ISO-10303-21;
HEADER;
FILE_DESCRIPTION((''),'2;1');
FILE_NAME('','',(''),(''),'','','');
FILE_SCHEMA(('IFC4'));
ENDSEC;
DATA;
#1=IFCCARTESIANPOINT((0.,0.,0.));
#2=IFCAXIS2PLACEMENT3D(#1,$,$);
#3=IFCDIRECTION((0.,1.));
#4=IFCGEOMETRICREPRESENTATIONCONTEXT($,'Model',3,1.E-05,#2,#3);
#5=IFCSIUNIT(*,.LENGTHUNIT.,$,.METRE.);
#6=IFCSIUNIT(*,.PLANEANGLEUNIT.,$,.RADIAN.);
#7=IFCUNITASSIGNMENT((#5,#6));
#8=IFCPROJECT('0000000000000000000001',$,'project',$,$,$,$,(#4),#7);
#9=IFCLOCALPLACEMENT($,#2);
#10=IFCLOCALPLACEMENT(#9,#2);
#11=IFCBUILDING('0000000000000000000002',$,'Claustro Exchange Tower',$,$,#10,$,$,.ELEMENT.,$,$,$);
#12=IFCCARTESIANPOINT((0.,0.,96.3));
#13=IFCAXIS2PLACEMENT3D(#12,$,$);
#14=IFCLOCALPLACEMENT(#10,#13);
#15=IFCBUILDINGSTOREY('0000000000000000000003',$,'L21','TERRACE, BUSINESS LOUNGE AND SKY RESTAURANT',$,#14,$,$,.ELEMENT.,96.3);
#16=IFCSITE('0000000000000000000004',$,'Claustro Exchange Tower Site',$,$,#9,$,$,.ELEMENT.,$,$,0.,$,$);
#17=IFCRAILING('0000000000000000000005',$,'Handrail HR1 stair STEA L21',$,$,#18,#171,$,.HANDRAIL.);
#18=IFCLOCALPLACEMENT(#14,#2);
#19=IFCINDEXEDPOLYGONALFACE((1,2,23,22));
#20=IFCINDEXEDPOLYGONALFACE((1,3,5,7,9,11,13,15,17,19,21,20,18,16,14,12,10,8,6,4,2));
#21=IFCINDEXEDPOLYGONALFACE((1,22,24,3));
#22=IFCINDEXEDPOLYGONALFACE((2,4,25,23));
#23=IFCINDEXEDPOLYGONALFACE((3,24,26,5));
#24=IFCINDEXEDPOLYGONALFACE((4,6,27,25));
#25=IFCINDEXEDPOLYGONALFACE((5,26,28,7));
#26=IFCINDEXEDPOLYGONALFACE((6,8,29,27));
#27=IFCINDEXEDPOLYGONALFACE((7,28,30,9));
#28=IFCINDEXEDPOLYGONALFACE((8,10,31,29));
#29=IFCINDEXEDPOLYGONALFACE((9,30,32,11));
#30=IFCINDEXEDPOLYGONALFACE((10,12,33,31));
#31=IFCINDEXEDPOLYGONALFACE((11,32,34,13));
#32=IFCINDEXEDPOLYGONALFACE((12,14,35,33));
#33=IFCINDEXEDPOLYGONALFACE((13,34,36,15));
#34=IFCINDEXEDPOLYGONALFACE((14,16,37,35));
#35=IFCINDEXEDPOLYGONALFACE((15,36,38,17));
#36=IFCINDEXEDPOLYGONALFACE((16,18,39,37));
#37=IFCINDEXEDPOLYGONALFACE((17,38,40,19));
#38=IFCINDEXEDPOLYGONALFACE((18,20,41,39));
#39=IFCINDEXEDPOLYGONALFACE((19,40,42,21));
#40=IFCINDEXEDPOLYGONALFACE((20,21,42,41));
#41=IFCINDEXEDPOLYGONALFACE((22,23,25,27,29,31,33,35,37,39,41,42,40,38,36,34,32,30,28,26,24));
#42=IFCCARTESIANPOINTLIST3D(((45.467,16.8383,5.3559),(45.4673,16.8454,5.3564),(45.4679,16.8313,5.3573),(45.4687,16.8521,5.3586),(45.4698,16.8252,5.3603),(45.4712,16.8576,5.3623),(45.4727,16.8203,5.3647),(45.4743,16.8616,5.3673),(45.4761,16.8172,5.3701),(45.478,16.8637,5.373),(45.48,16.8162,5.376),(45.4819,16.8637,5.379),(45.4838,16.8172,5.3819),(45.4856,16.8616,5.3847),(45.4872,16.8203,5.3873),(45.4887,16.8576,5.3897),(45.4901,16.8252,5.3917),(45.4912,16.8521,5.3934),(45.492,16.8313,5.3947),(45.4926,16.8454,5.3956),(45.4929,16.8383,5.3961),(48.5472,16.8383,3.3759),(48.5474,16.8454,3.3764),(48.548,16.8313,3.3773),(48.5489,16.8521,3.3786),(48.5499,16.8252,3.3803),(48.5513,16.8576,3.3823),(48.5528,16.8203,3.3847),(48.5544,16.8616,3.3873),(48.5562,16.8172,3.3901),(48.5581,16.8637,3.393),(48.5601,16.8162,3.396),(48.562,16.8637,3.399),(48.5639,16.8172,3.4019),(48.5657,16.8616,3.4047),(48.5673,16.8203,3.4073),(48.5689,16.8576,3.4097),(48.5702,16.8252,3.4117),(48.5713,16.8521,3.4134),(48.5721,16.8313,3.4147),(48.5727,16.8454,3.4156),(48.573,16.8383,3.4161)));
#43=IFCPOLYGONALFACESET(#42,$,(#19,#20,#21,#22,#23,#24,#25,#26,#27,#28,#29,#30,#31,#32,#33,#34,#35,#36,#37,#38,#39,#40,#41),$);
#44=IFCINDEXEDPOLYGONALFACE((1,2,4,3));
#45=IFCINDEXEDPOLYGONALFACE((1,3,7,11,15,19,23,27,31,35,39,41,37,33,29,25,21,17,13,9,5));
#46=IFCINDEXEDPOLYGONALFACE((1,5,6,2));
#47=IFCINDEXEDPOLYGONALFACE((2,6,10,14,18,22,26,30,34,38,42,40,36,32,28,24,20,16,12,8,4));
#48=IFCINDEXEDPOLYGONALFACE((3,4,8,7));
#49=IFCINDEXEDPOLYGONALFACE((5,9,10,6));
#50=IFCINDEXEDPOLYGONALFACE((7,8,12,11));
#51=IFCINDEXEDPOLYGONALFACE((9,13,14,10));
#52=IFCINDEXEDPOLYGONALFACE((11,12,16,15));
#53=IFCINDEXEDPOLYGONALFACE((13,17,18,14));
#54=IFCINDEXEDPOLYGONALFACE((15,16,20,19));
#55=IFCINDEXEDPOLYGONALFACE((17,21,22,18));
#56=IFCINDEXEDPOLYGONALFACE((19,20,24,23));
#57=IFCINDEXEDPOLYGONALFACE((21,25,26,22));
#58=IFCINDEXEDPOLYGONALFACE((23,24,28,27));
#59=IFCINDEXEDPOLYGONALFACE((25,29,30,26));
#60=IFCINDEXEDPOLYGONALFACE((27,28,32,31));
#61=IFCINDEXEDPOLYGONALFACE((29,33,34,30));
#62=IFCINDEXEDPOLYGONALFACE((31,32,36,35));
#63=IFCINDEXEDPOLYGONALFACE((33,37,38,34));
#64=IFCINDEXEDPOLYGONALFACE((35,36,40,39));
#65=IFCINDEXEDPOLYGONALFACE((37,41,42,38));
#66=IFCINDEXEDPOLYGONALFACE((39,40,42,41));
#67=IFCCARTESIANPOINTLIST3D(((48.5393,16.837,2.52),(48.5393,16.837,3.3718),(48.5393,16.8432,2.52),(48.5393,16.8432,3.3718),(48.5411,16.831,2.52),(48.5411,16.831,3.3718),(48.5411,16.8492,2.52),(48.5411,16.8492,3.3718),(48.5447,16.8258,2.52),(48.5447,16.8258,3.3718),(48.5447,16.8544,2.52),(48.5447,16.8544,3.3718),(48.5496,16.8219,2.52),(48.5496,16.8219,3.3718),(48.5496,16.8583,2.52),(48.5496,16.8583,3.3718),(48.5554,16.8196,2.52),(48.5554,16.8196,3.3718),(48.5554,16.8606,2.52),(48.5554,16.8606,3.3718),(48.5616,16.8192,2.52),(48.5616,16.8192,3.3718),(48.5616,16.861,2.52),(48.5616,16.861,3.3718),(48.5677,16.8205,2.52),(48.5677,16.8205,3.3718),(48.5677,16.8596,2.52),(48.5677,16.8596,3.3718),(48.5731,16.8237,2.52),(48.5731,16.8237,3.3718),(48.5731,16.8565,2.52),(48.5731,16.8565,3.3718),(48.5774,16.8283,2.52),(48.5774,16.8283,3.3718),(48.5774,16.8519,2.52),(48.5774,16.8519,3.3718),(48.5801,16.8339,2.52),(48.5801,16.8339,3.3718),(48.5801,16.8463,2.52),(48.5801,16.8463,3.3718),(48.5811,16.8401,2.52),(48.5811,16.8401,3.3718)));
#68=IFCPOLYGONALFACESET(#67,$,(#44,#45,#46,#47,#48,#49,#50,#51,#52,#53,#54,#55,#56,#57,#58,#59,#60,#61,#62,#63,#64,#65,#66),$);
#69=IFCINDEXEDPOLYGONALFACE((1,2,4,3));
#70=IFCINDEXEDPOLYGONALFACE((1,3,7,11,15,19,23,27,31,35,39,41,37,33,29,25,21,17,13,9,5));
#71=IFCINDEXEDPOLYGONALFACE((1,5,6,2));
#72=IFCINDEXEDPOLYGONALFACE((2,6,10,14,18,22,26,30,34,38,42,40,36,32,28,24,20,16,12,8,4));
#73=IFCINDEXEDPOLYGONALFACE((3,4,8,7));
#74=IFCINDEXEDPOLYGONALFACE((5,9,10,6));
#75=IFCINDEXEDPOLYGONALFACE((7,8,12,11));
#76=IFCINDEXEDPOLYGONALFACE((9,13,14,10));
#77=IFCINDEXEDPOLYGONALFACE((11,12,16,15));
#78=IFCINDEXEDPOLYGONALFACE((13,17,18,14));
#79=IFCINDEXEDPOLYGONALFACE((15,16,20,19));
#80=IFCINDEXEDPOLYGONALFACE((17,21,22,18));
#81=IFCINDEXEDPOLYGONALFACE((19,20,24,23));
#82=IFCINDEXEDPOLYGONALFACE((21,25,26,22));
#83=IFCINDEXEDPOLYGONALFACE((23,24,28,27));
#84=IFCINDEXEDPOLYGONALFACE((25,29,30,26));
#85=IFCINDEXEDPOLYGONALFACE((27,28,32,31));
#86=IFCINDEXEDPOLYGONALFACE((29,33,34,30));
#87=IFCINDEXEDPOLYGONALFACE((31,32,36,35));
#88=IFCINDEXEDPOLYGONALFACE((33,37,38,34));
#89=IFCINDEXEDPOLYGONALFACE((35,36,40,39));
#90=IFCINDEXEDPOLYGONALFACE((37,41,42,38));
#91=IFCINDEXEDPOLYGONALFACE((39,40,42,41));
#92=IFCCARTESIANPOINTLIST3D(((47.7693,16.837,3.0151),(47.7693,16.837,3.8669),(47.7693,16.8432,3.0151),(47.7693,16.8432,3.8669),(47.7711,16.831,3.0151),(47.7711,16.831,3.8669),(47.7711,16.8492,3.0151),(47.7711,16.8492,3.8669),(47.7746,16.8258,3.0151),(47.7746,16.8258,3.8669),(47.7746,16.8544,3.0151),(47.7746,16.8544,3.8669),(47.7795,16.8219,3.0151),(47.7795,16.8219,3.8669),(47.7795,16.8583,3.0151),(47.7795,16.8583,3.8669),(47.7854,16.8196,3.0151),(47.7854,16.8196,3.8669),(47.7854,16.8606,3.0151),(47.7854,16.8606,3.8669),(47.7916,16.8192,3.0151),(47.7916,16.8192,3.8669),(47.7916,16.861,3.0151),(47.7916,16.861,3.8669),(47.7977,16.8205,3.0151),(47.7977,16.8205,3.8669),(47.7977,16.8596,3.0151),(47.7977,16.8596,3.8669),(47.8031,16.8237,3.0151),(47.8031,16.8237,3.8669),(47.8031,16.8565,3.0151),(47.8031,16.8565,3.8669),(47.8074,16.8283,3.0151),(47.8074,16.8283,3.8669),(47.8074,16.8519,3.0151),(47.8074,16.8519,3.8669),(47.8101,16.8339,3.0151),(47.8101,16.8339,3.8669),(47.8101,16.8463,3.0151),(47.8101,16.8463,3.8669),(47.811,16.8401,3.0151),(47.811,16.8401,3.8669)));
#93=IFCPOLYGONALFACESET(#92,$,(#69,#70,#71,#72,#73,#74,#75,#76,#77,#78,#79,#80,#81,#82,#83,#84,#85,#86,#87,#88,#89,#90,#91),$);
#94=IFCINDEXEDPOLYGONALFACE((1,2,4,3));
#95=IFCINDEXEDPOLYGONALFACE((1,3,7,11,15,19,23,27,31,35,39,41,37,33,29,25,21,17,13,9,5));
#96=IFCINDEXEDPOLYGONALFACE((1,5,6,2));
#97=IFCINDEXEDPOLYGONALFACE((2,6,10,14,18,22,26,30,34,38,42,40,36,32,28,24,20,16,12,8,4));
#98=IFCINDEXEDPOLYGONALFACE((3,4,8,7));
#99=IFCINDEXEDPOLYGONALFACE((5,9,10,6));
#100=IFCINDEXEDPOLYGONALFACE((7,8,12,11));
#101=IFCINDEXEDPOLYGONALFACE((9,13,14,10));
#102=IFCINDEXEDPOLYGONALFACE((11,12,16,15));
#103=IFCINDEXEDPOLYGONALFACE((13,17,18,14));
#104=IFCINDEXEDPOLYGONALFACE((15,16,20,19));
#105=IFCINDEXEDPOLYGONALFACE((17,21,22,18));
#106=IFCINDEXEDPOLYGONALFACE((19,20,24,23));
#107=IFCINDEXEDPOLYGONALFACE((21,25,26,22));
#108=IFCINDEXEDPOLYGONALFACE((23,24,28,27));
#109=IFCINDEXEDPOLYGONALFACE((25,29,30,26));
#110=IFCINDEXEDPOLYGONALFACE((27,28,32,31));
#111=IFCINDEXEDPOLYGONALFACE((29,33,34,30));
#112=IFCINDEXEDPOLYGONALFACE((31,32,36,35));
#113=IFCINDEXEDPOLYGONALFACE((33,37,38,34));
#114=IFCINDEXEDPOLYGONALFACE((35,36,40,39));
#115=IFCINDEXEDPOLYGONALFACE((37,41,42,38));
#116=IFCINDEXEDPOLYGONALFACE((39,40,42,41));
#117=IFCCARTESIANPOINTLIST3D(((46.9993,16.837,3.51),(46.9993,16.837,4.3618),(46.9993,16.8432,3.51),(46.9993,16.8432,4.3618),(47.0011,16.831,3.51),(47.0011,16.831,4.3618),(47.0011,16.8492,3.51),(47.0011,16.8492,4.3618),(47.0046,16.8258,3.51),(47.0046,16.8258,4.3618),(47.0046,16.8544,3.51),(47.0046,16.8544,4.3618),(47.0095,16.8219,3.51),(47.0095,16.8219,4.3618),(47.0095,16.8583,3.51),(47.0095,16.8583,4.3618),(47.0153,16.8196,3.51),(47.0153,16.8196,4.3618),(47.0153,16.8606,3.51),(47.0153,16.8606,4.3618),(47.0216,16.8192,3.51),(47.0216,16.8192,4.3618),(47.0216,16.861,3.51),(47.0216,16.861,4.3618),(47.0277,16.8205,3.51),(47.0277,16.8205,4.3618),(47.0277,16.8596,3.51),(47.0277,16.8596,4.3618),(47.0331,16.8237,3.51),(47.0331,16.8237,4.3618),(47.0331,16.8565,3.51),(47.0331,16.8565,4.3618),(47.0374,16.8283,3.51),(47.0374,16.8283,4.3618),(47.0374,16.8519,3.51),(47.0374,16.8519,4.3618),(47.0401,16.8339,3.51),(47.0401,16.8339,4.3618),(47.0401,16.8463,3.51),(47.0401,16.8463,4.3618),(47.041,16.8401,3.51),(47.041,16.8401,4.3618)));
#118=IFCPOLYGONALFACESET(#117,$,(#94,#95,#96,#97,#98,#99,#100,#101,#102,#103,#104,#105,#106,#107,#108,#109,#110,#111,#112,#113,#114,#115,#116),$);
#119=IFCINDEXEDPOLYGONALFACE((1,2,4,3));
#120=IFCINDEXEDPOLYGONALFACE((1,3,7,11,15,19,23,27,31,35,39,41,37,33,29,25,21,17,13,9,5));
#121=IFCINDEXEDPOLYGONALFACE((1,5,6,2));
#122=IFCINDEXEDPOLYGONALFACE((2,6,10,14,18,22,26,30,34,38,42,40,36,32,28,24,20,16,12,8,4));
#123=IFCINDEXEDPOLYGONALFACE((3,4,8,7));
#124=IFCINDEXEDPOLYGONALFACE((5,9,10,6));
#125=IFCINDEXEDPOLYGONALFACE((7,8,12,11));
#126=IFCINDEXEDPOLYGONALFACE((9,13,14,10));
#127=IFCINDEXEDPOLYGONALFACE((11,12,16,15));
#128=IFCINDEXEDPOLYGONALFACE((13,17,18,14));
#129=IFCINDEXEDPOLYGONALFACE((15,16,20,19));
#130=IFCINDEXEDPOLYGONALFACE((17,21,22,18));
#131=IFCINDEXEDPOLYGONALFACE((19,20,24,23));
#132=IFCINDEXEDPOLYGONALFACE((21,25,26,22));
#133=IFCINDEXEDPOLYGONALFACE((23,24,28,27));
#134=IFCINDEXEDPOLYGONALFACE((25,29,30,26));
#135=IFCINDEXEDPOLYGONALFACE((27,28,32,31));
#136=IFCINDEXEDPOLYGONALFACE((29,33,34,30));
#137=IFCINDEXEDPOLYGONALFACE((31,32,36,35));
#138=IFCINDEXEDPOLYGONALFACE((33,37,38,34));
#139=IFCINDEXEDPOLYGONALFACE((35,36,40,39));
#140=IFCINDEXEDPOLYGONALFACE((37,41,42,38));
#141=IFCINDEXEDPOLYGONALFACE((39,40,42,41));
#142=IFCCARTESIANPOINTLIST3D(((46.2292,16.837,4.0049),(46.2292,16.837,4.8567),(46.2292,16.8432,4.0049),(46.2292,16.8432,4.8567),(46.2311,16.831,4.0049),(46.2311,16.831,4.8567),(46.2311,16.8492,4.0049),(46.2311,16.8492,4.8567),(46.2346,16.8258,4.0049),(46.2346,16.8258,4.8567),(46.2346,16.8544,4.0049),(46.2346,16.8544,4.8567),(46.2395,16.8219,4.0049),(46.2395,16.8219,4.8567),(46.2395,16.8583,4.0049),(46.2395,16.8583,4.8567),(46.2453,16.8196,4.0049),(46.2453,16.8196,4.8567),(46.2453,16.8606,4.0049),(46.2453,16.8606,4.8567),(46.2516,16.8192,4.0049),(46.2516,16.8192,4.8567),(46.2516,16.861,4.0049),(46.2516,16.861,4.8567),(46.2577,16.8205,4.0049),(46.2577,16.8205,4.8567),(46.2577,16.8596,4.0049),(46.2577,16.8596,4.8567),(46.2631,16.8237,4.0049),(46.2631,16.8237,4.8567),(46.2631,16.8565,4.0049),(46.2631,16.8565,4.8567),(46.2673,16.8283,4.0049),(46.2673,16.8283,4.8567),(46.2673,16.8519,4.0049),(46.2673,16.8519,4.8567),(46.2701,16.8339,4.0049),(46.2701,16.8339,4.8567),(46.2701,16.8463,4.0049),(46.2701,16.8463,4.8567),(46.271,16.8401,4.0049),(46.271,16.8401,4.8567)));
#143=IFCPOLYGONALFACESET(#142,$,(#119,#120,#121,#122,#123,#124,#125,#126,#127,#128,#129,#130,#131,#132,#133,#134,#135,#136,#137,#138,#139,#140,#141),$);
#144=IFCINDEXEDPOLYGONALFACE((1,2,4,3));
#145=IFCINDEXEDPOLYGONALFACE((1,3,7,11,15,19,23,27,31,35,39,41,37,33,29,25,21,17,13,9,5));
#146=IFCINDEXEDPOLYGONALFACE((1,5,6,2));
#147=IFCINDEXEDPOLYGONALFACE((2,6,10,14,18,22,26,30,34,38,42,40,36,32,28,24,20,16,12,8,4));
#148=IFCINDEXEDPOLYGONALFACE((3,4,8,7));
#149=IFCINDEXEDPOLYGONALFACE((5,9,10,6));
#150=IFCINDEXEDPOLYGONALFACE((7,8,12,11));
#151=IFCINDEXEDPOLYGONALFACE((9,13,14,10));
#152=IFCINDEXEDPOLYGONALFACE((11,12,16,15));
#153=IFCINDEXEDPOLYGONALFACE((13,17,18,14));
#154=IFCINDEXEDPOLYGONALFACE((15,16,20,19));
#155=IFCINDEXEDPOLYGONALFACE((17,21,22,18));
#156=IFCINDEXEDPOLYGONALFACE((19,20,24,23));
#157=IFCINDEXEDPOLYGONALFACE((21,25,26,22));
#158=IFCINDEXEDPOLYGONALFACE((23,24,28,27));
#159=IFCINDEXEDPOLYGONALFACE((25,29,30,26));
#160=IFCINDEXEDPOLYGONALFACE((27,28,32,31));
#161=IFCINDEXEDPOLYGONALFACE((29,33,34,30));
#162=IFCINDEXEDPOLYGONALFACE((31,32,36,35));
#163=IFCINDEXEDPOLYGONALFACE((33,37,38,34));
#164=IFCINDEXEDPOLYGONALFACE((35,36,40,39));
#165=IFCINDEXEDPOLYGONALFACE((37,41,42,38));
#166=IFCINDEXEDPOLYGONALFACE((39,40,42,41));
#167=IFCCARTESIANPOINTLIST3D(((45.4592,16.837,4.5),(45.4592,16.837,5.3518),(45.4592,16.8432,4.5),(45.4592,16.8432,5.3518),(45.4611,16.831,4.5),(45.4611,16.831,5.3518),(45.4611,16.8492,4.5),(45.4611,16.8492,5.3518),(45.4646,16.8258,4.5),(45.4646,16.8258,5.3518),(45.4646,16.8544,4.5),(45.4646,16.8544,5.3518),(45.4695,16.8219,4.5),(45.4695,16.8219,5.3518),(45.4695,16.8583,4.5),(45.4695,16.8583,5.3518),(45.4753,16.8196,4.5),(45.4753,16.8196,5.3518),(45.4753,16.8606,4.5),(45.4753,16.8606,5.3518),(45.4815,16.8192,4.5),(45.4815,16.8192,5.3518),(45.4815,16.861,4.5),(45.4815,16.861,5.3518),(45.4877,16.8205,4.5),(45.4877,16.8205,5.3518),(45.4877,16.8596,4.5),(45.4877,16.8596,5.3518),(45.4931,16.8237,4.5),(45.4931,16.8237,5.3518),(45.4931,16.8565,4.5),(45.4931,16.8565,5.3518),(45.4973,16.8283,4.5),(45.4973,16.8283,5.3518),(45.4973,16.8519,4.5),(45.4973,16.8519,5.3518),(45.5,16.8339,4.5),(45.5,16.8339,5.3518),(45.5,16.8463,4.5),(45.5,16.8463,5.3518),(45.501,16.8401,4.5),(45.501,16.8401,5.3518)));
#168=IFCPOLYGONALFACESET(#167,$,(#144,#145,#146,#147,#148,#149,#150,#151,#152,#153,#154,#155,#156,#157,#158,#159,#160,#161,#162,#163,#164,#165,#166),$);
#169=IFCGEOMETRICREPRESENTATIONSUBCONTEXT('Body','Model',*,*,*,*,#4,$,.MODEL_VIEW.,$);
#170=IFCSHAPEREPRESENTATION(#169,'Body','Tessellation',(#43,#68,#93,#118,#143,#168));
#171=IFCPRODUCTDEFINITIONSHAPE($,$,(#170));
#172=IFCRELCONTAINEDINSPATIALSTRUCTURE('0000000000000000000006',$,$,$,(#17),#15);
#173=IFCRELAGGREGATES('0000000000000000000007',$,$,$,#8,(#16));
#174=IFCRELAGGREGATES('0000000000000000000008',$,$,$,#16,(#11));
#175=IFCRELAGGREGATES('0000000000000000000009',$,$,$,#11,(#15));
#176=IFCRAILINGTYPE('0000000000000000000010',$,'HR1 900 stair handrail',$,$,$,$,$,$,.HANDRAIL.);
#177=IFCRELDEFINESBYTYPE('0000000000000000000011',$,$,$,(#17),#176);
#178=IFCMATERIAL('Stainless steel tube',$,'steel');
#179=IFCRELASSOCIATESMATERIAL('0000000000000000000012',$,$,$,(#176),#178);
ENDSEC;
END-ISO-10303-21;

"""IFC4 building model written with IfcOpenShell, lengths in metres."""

from ifc_helpers import new_model, si_unit, direction, frame, origin, origin_2d, place, context, subcontext, project, spatial, circle, extrude, material, type_object, element, save


model = new_model("IFC4")

# Units and contexts
model_context = context("Model", 3, precision=1e-05, world=origin(), true_north=direction((0.0, 1.0)))
body_context = subcontext(model_context, "Body", "Model", "MODEL_VIEW")
ifc_project = project(units=[si_unit("LENGTHUNIT", "METRE"), si_unit("PLANEANGLEUNIT", "RADIAN")], contexts=[model_context])

# Site, building, storey
site_placement = place(None, origin())
site = spatial("IfcSite", under=ifc_project, at=site_placement, Name="Claustro Exchange Tower Site", CompositionType="ELEMENT", RefElevation=0.0)
building_placement = place(site_placement, origin())
building = spatial("IfcBuilding", under=site, at=building_placement, Name="Claustro Exchange Tower", CompositionType="ELEMENT")
storey_placement = place(building_placement, frame((0.0, 0.0, 96.3)))
storey = spatial("IfcBuildingStorey", under=building, at=storey_placement, Name="L21", Description="TERRACE, BUSINESS LOUNGE AND SKY RESTAURANT", CompositionType="ELEMENT", Elevation=96.3)

# Railing
ifc_material_1 = material(Name="Stainless steel tube", Category="steel")
railing_type_1 = type_object("IfcRailingType", Name="HR1 900 stair handrail", PredefinedType="HANDRAIL", material=ifc_material_1)
railing_1_placement = place(storey_placement, frame((48.5601, 16.8401, 2.52)))
element("IfcRailing", 1, at=railing_1_placement, inside=storey, type_object=railing_type_1, Name="Handrail HR1 stair STEA L21", PredefinedType="HANDRAIL", context=body_context, shape_type="SweptSolid", body=[
    extrude(circle(Radius=0.0239, at=origin_2d()), frame((0.0, 0.0, 0.876), z_axis=(-0.841187, 0.0, 0.540744), x_axis=(0.0, -1.0, 0.0)), (0.0, 0.0, 1.0), 3.6616),
    extrude(circle(Radius=0.021, at=origin_2d()), origin(), (0.0, 0.0, 1.0), 0.8518),
    extrude(circle(Radius=0.021, at=origin_2d()), frame((-0.77, 0.0, 0.4951)), (0.0, 0.0, 1.0), 0.8518),
    extrude(circle(Radius=0.021, at=origin_2d()), frame((-1.54, 0.0, 0.99)), (0.0, 0.0, 1.0), 0.8518),
    extrude(circle(Radius=0.021, at=origin_2d()), frame((-2.3101, 0.0, 1.4849)), (0.0, 0.0, 1.0), 0.8518),
    extrude(circle(Radius=0.021, at=origin_2d()), frame((-3.0801, 0.0, 1.98)), (0.0, 0.0, 1.0), 0.8518),
])

save(model, "model.ifc")
